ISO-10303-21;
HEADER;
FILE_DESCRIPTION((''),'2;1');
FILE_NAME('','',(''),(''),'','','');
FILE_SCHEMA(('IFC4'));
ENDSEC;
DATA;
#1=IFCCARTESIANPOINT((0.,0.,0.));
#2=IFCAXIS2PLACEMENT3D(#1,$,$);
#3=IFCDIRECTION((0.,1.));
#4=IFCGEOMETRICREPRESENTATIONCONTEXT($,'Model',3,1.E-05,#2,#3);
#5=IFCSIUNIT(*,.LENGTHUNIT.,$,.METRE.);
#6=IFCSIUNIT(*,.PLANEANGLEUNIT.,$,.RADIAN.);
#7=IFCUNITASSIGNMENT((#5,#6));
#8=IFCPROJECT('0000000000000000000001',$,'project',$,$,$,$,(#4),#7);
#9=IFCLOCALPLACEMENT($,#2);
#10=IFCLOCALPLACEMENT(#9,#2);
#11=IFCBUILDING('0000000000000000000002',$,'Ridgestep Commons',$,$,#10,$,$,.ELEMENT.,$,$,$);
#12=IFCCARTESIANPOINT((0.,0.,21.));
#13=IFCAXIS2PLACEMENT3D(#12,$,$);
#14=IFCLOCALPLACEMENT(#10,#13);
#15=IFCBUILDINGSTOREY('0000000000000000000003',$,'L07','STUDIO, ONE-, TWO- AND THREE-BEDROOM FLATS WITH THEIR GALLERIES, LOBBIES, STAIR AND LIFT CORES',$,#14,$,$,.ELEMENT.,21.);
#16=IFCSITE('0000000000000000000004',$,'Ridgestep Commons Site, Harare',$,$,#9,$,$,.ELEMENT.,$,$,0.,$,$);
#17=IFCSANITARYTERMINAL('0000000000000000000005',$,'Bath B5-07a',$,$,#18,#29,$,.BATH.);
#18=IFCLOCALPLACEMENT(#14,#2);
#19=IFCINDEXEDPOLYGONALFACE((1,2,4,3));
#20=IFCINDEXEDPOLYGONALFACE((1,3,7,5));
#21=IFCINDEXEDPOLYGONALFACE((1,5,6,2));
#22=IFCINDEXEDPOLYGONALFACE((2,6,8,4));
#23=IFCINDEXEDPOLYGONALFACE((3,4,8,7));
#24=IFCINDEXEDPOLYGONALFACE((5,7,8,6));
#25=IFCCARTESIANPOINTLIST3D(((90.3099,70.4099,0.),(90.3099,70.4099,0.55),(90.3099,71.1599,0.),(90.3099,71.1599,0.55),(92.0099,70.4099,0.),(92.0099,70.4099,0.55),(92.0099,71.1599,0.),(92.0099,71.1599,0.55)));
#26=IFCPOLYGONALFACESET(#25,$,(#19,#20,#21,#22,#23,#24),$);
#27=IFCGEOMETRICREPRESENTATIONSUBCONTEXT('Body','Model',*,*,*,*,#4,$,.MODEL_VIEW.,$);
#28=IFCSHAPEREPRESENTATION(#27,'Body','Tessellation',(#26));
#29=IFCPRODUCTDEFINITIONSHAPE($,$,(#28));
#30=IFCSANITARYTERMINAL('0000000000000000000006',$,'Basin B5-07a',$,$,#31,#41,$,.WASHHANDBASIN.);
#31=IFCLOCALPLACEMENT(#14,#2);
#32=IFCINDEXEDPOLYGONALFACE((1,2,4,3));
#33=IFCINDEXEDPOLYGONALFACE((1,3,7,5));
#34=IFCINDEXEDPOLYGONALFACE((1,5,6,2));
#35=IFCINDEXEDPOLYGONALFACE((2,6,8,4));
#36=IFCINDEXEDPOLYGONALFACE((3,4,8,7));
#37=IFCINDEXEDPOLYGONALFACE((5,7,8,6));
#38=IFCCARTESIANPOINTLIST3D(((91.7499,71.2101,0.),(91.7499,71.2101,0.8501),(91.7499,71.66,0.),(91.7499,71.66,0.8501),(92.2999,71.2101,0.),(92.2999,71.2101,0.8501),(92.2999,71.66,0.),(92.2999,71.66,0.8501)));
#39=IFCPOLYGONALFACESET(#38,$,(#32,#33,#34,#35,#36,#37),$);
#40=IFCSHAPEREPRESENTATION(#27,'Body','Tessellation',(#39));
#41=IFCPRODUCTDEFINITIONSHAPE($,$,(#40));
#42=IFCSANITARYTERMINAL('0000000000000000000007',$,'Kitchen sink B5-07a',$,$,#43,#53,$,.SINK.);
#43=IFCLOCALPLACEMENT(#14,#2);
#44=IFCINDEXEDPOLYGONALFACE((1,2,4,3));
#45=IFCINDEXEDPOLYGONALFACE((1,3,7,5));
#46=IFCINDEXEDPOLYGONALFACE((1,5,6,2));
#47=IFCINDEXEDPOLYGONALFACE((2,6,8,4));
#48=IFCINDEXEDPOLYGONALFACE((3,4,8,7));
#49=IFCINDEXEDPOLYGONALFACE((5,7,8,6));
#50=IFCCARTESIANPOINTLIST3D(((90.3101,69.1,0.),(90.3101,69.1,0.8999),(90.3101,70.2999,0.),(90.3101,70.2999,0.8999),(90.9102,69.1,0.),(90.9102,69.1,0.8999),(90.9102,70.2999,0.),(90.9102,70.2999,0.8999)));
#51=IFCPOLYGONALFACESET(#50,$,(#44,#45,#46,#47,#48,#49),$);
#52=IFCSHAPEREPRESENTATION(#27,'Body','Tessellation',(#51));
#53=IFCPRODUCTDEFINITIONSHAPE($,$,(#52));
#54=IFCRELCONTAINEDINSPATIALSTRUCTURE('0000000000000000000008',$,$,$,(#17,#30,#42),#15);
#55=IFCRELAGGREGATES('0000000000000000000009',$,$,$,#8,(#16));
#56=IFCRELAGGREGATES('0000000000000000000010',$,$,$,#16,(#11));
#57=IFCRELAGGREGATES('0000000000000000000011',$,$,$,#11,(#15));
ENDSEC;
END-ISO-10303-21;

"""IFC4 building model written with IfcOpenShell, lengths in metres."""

from ifc_helpers import new_model, si_unit, direction, frame, origin, origin_2d, place, context, subcontext, project, spatial, rectangle, extrude, element, save


model = new_model("IFC4")

# Units and contexts
model_context = context("Model", 3, precision=1e-05, world=origin(), true_north=direction((0.0, 1.0)))
body_context = subcontext(model_context, "Body", "Model", "MODEL_VIEW")
ifc_project = project(units=[si_unit("LENGTHUNIT", "METRE"), si_unit("PLANEANGLEUNIT", "RADIAN")], contexts=[model_context])

# Site, building, storey
site_placement = place(None, origin())
site = spatial("IfcSite", under=ifc_project, at=site_placement, Name="Ridgestep Commons Site, Harare", CompositionType="ELEMENT", RefElevation=0.0)
building_placement = place(site_placement, origin())
building = spatial("IfcBuilding", under=site, at=building_placement, Name="Ridgestep Commons", CompositionType="ELEMENT")
storey_placement = place(building_placement, frame((0.0, 0.0, 21.0)))
storey = spatial("IfcBuildingStorey", under=building, at=storey_placement, Name="L07", Description="STUDIO, ONE-, TWO- AND THREE-BEDROOM FLATS WITH THEIR GALLERIES, LOBBIES, STAIR AND LIFT CORES", CompositionType="ELEMENT", Elevation=21.0)

# Sanitary terminals
sanitary_terminal_1_placement = place(storey_placement, frame((91.1599, 70.7849, 0.0), z_axis=(0.0, 0.0, 1.0), x_axis=(1.0, 0.0, 0.0)))
element("IfcSanitaryTerminal", 1, at=sanitary_terminal_1_placement, inside=storey, Name="Bath B5-07a", PredefinedType="BATH", context=body_context, shape_type="SweptSolid", body=[
    extrude(rectangle(XDim=1.7, YDim=0.75, at=origin_2d()), origin(), (0.0, 0.0, 1.0), 0.55),
])
sanitary_terminal_2_placement = place(storey_placement, frame((92.0249, 71.4351, 0.0), z_axis=(0.0, 0.0, 1.0), x_axis=(1.0, 0.0, 0.0)))
element("IfcSanitaryTerminal", 2, at=sanitary_terminal_2_placement, inside=storey, Name="Basin B5-07a", PredefinedType="WASHHANDBASIN", context=body_context, shape_type="SweptSolid", body=[
    extrude(rectangle(XDim=0.55, YDim=0.45, at=origin_2d()), origin(), (0.0, 0.0, 1.0), 0.8501),
])
sanitary_terminal_3_placement = place(storey_placement, frame((90.6101, 69.7, 0.0), z_axis=(0.0, 0.0, 1.0), x_axis=(1.0, 0.0, 0.0)))
element("IfcSanitaryTerminal", 3, at=sanitary_terminal_3_placement, inside=storey, Name="Kitchen sink B5-07a", PredefinedType="SINK", context=body_context, shape_type="SweptSolid", body=[
    extrude(rectangle(XDim=0.6001, YDim=1.2, at=origin_2d()), origin(), (0.0, 0.0, 1.0), 0.8999),
])

save(model, "model.ifc")
